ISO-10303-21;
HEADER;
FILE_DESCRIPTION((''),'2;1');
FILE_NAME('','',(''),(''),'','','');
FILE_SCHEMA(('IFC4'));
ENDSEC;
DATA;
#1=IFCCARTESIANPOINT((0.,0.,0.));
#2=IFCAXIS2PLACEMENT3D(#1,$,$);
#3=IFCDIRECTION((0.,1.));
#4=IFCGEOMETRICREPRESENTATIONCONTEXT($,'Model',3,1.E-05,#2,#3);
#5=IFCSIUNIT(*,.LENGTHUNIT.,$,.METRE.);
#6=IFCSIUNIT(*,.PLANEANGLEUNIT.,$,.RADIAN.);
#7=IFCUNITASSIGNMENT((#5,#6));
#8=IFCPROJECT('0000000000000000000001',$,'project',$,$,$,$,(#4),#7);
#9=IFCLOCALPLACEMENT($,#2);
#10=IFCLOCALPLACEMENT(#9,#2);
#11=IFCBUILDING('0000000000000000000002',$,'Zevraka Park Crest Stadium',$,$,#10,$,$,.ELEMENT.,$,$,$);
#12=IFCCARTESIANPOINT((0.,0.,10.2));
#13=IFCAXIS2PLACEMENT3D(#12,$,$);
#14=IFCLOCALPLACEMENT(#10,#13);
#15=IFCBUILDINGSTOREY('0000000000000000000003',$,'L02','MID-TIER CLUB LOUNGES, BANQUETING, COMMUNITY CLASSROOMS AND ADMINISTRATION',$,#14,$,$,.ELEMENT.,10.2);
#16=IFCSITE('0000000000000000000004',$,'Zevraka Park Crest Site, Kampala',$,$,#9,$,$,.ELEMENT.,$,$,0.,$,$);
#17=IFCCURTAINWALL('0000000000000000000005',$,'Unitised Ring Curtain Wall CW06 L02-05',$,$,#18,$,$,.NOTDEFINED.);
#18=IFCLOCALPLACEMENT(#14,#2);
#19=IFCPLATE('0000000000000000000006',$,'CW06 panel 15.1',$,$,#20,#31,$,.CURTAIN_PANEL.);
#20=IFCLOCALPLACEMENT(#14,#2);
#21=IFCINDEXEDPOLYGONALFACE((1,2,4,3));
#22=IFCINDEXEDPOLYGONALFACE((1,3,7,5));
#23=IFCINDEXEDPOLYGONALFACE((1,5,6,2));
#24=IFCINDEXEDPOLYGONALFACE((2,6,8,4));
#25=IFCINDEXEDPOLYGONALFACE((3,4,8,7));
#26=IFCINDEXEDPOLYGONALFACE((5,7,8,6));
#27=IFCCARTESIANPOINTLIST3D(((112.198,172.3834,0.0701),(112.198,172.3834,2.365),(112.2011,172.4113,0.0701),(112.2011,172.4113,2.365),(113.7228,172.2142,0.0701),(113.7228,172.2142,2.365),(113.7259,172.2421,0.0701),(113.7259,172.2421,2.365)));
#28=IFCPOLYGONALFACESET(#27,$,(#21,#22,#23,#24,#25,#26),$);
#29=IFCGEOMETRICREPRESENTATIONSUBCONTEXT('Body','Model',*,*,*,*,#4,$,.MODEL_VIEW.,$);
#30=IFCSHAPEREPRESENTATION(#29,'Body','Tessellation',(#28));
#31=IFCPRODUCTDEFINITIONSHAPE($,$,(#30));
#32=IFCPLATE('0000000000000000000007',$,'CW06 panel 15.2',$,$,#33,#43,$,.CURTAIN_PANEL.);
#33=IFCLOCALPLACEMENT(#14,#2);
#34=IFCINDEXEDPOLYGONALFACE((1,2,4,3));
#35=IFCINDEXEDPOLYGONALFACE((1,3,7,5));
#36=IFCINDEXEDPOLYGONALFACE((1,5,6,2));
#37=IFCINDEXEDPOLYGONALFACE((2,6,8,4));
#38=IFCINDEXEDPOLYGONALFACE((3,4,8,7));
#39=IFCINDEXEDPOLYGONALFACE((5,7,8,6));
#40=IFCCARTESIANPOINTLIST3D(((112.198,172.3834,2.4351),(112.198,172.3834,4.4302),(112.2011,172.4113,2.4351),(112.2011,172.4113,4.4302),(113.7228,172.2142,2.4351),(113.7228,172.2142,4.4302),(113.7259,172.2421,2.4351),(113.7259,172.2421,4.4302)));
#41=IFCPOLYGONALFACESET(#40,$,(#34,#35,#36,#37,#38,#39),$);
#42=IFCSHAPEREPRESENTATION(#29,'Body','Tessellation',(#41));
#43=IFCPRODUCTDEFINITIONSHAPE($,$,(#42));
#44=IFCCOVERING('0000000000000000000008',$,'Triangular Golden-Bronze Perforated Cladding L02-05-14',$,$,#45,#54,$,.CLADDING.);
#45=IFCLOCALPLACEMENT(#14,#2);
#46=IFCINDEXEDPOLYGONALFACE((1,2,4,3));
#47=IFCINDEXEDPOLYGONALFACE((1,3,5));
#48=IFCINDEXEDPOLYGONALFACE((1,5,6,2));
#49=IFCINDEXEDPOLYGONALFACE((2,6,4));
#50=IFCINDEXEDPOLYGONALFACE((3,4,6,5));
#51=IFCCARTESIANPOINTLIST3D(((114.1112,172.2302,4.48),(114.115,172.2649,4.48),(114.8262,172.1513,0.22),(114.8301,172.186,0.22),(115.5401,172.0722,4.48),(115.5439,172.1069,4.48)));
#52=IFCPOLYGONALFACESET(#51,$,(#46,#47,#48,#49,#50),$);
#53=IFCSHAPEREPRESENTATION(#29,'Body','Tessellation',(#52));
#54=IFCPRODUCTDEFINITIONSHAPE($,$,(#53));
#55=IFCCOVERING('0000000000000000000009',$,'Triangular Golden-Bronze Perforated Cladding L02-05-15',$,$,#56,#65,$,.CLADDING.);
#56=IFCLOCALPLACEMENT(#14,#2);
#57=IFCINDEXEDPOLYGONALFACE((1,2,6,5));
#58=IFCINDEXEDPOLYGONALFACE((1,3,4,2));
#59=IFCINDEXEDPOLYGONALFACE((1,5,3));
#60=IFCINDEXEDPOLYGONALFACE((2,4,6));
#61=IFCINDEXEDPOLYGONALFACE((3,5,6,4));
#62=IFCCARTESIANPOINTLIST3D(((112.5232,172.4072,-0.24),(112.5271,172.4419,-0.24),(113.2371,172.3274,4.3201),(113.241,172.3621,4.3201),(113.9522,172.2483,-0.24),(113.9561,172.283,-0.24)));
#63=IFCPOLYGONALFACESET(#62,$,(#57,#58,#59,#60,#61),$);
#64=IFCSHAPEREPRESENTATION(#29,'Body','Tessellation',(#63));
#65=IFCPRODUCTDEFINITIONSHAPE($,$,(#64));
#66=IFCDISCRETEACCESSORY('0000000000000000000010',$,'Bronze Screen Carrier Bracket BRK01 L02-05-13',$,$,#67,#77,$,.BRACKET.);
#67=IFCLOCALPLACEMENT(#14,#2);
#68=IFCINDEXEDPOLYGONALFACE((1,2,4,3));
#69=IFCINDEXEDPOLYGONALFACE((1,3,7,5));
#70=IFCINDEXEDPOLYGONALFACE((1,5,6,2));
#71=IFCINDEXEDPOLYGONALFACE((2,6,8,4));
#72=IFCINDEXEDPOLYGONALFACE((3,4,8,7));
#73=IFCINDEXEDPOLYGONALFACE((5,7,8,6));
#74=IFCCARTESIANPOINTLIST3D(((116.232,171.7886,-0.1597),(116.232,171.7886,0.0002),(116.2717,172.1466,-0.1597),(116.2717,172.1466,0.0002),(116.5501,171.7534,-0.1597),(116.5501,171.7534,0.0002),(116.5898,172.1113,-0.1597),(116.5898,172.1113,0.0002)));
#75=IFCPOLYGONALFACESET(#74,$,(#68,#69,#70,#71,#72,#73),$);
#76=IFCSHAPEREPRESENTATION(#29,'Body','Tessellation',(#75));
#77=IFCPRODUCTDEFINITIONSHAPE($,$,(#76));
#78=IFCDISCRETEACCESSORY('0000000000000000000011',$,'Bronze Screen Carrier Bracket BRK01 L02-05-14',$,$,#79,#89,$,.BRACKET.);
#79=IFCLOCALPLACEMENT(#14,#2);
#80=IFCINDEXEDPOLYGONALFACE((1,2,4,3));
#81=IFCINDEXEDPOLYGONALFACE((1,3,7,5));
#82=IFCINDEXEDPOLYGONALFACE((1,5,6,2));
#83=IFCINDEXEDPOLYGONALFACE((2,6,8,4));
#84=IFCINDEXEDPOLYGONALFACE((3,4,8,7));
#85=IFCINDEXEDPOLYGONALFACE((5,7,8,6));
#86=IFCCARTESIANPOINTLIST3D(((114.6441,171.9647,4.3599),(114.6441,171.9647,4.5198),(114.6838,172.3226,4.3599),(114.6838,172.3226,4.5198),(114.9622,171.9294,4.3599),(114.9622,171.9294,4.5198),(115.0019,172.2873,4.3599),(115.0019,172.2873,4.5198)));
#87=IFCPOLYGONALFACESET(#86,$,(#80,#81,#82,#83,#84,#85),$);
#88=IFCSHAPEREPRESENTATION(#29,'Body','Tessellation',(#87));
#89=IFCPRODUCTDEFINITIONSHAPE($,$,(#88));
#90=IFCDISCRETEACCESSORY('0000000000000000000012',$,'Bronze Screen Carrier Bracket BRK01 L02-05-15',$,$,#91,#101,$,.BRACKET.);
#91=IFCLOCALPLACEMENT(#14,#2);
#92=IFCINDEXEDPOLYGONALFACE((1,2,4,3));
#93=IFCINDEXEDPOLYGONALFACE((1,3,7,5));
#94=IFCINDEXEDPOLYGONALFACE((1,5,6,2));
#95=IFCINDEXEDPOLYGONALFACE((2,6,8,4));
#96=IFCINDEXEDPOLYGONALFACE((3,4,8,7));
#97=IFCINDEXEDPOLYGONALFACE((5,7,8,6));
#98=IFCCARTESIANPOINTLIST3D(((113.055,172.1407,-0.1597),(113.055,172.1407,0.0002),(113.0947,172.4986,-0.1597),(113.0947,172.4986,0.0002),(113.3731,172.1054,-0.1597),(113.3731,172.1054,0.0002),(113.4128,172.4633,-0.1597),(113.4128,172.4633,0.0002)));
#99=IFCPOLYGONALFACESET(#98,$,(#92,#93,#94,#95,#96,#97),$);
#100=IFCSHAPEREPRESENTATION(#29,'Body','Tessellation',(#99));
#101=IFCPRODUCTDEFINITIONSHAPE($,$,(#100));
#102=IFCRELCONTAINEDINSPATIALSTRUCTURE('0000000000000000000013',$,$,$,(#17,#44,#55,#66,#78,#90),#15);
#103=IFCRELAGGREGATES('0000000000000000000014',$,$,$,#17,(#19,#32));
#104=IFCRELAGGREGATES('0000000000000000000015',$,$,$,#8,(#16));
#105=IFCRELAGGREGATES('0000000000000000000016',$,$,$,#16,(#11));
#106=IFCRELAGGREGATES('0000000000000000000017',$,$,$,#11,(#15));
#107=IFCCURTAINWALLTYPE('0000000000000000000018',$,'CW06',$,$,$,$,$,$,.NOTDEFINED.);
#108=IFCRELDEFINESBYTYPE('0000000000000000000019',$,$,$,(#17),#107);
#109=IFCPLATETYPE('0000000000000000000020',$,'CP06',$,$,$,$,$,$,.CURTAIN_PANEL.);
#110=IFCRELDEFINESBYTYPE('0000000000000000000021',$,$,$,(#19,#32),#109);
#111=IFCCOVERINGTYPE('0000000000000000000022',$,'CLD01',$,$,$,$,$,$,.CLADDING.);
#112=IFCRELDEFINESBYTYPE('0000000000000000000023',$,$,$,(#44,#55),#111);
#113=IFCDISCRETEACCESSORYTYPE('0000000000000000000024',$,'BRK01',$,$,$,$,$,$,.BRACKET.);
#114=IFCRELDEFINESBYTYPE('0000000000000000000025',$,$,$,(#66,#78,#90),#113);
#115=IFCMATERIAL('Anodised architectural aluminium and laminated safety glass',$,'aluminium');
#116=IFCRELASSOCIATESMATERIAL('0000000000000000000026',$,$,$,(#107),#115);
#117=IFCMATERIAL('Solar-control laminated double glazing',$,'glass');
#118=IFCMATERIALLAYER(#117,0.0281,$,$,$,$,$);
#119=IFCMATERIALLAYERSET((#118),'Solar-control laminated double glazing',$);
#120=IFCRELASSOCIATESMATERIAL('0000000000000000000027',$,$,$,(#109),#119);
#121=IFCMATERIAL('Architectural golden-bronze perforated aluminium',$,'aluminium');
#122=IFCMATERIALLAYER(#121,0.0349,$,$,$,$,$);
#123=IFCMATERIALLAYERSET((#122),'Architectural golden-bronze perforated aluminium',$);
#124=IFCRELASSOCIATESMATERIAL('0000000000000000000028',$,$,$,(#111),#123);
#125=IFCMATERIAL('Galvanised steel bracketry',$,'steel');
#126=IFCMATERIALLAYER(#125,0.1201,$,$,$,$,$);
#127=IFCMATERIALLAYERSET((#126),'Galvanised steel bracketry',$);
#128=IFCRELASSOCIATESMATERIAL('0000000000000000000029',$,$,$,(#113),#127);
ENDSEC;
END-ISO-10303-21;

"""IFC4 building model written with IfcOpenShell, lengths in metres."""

from ifc_helpers import new_model, si_unit, direction, frame, origin, origin_2d, place, context, subcontext, project, spatial, polyline, rectangle, outline, extrude, material, layer, layer_set, type_object, element, aggregate, save


model = new_model("IFC4")

# Units and contexts
model_context = context("Model", 3, precision=1e-05, world=origin(), true_north=direction((0.0, 1.0)))
body_context = subcontext(model_context, "Body", "Model", "MODEL_VIEW")
ifc_project = project(units=[si_unit("LENGTHUNIT", "METRE"), si_unit("PLANEANGLEUNIT", "RADIAN")], contexts=[model_context])

# Site, building, storey
site_placement = place(None, origin())
site = spatial("IfcSite", under=ifc_project, at=site_placement, Name="Zevraka Park Crest Site, Kampala", CompositionType="ELEMENT", RefElevation=0.0)
building_placement = place(site_placement, origin())
building = spatial("IfcBuilding", under=site, at=building_placement, Name="Zevraka Park Crest Stadium", CompositionType="ELEMENT")
storey_placement = place(building_placement, frame((0.0, 0.0, 10.2)))
storey = spatial("IfcBuildingStorey", under=building, at=storey_placement, Name="L02", Description="MID-TIER CLUB LOUNGES, BANQUETING, COMMUNITY CLASSROOMS AND ADMINISTRATION", CompositionType="ELEMENT", Elevation=10.2)

# Curtain wall, plates
ifc_material_1 = material(Name="Anodised architectural aluminium and laminated safety glass", Category="aluminium")
curtain_wall_type = type_object("IfcCurtainWallType", Name="CW06", PredefinedType="NOTDEFINED", material=ifc_material_1)
curtain_wall_placement = place(storey_placement, origin())
curtain_wall = element("IfcCurtainWall", 1, at=curtain_wall_placement, inside=storey, type_object=curtain_wall_type, Name="Unitised Ring Curtain Wall CW06 L02-05", PredefinedType="NOTDEFINED")
ifc_material_2 = material(Name="Solar-control laminated double glazing", Category="glass")
ifc_layer_1 = layer(ifc_material_2, 0.0281)
ifc_layer_set_1 = layer_set([ifc_layer_1], Name="Solar-control laminated double glazing")
plate_type = type_object("IfcPlateType", Name="CP06", PredefinedType="CURTAIN_PANEL", material=ifc_layer_set_1)
plate_1_placement = place(storey_placement, frame((112.9619, 172.3127, 0.0701), z_axis=(0.0, 0.0, 1.0), x_axis=(-0.993899, 0.110293, 0.0)))
plate_1 = element("IfcPlate", 2, at=plate_1_placement, type_object=plate_type, Name="CW06 panel 15.1", PredefinedType="CURTAIN_PANEL", context=body_context, shape_type="SweptSolid", body=[
    extrude(rectangle(XDim=1.5342, YDim=0.0281, at=origin_2d()), origin(), (0.0, 0.0, 1.0), 2.2949),
])
plate_2_placement = place(storey_placement, frame((112.9619, 172.3127, 2.4351), z_axis=(0.0, 0.0, 1.0), x_axis=(-0.993899, 0.110293, 0.0)))
plate_2 = element("IfcPlate", 3, at=plate_2_placement, type_object=plate_type, Name="CW06 panel 15.2", PredefinedType="CURTAIN_PANEL", context=body_context, shape_type="SweptSolid", body=[
    extrude(rectangle(XDim=1.5342, YDim=0.0281, at=origin_2d()), origin(), (0.0, 0.0, 1.0), 1.9951),
])
aggregate(curtain_wall, [plate_1, plate_2])

# Coverings
ifc_material_3 = material(Name="Architectural golden-bronze perforated aluminium", Category="aluminium")
ifc_layer_2 = layer(ifc_material_3, 0.0349)
ifc_layer_set_2 = layer_set([ifc_layer_2], Name="Architectural golden-bronze perforated aluminium")
covering_type = type_object("IfcCoveringType", Name="CLD01", PredefinedType="CLADDING", material=ifc_layer_set_2)
covering_1_placement = place(storey_placement, frame((114.115, 172.2649, 4.48), z_axis=(0.109872, 0.993946, 0.000044), x_axis=(0.993946, -0.109872, 0.0)))
element("IfcCovering", 4, at=covering_1_placement, inside=storey, type_object=covering_type, Name="Triangular Golden-Bronze Perforated Cladding L02-05-14", PredefinedType="CLADDING", context=body_context, shape_type="SweptSolid", body=[
    extrude(outline(polyline([(0.0, 0.0), (1.4377, 0.0), (0.7194, 4.26), (0.0, 0.0)])), origin(), (0.0, 0.0, -1.0), 0.0349),
])
covering_2_placement = place(storey_placement, frame((113.9561, 172.283, -0.24), z_axis=(0.110543, 0.993871, 0.000095), x_axis=(-0.993871, 0.110543, 0.0)))
element("IfcCovering", 5, at=covering_2_placement, inside=storey, type_object=covering_type, Name="Triangular Golden-Bronze Perforated Cladding L02-05-15", PredefinedType="CLADDING", context=body_context, shape_type="SweptSolid", body=[
    extrude(outline(polyline([(0.0, 0.0), (1.4378, 0.0), (0.7194, 4.5601), (0.0, 0.0)])), origin(), (0.0, 0.0, -1.0), 0.0349),
])

# Discrete accessories
ifc_material_4 = material(Name="Galvanised steel bracketry", Category="steel")
ifc_layer_3 = layer(ifc_material_4, 0.1201)
ifc_layer_set_3 = layer_set([ifc_layer_3], Name="Galvanised steel bracketry")
discrete_accessory_type = type_object("IfcDiscreteAccessoryType", Name="BRK01", PredefinedType="BRACKET", material=ifc_layer_set_3)
for number, where, z_axis, x_axis, name in (
    (6, (116.4109, 171.95, -0.1597), (0.0, 0.0, 1.0), (-0.993903, 0.110255, 0.0), "Bronze Screen Carrier Bracket BRK01 L02-05-13"),
    (7, (114.823, 172.126, 4.3599), (0.0, 0.0, 1.0), (-0.993903, 0.110255, 0.0), "Bronze Screen Carrier Bracket BRK01 L02-05-14"),
    (8, (113.2339, 172.302, -0.1597), (0.0, 0.0, 1.0), (-0.993903, 0.110255, 0.0), "Bronze Screen Carrier Bracket BRK01 L02-05-15"),
):
    element("IfcDiscreteAccessory", number, at=place(storey_placement, frame(where, z_axis=z_axis, x_axis=x_axis)), inside=storey, type_object=discrete_accessory_type, Name=name, PredefinedType="BRACKET", context=body_context, shape_type="SweptSolid", body=[
        extrude(rectangle(XDim=0.3201, YDim=0.3601, at=origin_2d()), origin(), (0.0, 0.0, 1.0), 0.1599),
    ])

save(model, "model.ifc")
